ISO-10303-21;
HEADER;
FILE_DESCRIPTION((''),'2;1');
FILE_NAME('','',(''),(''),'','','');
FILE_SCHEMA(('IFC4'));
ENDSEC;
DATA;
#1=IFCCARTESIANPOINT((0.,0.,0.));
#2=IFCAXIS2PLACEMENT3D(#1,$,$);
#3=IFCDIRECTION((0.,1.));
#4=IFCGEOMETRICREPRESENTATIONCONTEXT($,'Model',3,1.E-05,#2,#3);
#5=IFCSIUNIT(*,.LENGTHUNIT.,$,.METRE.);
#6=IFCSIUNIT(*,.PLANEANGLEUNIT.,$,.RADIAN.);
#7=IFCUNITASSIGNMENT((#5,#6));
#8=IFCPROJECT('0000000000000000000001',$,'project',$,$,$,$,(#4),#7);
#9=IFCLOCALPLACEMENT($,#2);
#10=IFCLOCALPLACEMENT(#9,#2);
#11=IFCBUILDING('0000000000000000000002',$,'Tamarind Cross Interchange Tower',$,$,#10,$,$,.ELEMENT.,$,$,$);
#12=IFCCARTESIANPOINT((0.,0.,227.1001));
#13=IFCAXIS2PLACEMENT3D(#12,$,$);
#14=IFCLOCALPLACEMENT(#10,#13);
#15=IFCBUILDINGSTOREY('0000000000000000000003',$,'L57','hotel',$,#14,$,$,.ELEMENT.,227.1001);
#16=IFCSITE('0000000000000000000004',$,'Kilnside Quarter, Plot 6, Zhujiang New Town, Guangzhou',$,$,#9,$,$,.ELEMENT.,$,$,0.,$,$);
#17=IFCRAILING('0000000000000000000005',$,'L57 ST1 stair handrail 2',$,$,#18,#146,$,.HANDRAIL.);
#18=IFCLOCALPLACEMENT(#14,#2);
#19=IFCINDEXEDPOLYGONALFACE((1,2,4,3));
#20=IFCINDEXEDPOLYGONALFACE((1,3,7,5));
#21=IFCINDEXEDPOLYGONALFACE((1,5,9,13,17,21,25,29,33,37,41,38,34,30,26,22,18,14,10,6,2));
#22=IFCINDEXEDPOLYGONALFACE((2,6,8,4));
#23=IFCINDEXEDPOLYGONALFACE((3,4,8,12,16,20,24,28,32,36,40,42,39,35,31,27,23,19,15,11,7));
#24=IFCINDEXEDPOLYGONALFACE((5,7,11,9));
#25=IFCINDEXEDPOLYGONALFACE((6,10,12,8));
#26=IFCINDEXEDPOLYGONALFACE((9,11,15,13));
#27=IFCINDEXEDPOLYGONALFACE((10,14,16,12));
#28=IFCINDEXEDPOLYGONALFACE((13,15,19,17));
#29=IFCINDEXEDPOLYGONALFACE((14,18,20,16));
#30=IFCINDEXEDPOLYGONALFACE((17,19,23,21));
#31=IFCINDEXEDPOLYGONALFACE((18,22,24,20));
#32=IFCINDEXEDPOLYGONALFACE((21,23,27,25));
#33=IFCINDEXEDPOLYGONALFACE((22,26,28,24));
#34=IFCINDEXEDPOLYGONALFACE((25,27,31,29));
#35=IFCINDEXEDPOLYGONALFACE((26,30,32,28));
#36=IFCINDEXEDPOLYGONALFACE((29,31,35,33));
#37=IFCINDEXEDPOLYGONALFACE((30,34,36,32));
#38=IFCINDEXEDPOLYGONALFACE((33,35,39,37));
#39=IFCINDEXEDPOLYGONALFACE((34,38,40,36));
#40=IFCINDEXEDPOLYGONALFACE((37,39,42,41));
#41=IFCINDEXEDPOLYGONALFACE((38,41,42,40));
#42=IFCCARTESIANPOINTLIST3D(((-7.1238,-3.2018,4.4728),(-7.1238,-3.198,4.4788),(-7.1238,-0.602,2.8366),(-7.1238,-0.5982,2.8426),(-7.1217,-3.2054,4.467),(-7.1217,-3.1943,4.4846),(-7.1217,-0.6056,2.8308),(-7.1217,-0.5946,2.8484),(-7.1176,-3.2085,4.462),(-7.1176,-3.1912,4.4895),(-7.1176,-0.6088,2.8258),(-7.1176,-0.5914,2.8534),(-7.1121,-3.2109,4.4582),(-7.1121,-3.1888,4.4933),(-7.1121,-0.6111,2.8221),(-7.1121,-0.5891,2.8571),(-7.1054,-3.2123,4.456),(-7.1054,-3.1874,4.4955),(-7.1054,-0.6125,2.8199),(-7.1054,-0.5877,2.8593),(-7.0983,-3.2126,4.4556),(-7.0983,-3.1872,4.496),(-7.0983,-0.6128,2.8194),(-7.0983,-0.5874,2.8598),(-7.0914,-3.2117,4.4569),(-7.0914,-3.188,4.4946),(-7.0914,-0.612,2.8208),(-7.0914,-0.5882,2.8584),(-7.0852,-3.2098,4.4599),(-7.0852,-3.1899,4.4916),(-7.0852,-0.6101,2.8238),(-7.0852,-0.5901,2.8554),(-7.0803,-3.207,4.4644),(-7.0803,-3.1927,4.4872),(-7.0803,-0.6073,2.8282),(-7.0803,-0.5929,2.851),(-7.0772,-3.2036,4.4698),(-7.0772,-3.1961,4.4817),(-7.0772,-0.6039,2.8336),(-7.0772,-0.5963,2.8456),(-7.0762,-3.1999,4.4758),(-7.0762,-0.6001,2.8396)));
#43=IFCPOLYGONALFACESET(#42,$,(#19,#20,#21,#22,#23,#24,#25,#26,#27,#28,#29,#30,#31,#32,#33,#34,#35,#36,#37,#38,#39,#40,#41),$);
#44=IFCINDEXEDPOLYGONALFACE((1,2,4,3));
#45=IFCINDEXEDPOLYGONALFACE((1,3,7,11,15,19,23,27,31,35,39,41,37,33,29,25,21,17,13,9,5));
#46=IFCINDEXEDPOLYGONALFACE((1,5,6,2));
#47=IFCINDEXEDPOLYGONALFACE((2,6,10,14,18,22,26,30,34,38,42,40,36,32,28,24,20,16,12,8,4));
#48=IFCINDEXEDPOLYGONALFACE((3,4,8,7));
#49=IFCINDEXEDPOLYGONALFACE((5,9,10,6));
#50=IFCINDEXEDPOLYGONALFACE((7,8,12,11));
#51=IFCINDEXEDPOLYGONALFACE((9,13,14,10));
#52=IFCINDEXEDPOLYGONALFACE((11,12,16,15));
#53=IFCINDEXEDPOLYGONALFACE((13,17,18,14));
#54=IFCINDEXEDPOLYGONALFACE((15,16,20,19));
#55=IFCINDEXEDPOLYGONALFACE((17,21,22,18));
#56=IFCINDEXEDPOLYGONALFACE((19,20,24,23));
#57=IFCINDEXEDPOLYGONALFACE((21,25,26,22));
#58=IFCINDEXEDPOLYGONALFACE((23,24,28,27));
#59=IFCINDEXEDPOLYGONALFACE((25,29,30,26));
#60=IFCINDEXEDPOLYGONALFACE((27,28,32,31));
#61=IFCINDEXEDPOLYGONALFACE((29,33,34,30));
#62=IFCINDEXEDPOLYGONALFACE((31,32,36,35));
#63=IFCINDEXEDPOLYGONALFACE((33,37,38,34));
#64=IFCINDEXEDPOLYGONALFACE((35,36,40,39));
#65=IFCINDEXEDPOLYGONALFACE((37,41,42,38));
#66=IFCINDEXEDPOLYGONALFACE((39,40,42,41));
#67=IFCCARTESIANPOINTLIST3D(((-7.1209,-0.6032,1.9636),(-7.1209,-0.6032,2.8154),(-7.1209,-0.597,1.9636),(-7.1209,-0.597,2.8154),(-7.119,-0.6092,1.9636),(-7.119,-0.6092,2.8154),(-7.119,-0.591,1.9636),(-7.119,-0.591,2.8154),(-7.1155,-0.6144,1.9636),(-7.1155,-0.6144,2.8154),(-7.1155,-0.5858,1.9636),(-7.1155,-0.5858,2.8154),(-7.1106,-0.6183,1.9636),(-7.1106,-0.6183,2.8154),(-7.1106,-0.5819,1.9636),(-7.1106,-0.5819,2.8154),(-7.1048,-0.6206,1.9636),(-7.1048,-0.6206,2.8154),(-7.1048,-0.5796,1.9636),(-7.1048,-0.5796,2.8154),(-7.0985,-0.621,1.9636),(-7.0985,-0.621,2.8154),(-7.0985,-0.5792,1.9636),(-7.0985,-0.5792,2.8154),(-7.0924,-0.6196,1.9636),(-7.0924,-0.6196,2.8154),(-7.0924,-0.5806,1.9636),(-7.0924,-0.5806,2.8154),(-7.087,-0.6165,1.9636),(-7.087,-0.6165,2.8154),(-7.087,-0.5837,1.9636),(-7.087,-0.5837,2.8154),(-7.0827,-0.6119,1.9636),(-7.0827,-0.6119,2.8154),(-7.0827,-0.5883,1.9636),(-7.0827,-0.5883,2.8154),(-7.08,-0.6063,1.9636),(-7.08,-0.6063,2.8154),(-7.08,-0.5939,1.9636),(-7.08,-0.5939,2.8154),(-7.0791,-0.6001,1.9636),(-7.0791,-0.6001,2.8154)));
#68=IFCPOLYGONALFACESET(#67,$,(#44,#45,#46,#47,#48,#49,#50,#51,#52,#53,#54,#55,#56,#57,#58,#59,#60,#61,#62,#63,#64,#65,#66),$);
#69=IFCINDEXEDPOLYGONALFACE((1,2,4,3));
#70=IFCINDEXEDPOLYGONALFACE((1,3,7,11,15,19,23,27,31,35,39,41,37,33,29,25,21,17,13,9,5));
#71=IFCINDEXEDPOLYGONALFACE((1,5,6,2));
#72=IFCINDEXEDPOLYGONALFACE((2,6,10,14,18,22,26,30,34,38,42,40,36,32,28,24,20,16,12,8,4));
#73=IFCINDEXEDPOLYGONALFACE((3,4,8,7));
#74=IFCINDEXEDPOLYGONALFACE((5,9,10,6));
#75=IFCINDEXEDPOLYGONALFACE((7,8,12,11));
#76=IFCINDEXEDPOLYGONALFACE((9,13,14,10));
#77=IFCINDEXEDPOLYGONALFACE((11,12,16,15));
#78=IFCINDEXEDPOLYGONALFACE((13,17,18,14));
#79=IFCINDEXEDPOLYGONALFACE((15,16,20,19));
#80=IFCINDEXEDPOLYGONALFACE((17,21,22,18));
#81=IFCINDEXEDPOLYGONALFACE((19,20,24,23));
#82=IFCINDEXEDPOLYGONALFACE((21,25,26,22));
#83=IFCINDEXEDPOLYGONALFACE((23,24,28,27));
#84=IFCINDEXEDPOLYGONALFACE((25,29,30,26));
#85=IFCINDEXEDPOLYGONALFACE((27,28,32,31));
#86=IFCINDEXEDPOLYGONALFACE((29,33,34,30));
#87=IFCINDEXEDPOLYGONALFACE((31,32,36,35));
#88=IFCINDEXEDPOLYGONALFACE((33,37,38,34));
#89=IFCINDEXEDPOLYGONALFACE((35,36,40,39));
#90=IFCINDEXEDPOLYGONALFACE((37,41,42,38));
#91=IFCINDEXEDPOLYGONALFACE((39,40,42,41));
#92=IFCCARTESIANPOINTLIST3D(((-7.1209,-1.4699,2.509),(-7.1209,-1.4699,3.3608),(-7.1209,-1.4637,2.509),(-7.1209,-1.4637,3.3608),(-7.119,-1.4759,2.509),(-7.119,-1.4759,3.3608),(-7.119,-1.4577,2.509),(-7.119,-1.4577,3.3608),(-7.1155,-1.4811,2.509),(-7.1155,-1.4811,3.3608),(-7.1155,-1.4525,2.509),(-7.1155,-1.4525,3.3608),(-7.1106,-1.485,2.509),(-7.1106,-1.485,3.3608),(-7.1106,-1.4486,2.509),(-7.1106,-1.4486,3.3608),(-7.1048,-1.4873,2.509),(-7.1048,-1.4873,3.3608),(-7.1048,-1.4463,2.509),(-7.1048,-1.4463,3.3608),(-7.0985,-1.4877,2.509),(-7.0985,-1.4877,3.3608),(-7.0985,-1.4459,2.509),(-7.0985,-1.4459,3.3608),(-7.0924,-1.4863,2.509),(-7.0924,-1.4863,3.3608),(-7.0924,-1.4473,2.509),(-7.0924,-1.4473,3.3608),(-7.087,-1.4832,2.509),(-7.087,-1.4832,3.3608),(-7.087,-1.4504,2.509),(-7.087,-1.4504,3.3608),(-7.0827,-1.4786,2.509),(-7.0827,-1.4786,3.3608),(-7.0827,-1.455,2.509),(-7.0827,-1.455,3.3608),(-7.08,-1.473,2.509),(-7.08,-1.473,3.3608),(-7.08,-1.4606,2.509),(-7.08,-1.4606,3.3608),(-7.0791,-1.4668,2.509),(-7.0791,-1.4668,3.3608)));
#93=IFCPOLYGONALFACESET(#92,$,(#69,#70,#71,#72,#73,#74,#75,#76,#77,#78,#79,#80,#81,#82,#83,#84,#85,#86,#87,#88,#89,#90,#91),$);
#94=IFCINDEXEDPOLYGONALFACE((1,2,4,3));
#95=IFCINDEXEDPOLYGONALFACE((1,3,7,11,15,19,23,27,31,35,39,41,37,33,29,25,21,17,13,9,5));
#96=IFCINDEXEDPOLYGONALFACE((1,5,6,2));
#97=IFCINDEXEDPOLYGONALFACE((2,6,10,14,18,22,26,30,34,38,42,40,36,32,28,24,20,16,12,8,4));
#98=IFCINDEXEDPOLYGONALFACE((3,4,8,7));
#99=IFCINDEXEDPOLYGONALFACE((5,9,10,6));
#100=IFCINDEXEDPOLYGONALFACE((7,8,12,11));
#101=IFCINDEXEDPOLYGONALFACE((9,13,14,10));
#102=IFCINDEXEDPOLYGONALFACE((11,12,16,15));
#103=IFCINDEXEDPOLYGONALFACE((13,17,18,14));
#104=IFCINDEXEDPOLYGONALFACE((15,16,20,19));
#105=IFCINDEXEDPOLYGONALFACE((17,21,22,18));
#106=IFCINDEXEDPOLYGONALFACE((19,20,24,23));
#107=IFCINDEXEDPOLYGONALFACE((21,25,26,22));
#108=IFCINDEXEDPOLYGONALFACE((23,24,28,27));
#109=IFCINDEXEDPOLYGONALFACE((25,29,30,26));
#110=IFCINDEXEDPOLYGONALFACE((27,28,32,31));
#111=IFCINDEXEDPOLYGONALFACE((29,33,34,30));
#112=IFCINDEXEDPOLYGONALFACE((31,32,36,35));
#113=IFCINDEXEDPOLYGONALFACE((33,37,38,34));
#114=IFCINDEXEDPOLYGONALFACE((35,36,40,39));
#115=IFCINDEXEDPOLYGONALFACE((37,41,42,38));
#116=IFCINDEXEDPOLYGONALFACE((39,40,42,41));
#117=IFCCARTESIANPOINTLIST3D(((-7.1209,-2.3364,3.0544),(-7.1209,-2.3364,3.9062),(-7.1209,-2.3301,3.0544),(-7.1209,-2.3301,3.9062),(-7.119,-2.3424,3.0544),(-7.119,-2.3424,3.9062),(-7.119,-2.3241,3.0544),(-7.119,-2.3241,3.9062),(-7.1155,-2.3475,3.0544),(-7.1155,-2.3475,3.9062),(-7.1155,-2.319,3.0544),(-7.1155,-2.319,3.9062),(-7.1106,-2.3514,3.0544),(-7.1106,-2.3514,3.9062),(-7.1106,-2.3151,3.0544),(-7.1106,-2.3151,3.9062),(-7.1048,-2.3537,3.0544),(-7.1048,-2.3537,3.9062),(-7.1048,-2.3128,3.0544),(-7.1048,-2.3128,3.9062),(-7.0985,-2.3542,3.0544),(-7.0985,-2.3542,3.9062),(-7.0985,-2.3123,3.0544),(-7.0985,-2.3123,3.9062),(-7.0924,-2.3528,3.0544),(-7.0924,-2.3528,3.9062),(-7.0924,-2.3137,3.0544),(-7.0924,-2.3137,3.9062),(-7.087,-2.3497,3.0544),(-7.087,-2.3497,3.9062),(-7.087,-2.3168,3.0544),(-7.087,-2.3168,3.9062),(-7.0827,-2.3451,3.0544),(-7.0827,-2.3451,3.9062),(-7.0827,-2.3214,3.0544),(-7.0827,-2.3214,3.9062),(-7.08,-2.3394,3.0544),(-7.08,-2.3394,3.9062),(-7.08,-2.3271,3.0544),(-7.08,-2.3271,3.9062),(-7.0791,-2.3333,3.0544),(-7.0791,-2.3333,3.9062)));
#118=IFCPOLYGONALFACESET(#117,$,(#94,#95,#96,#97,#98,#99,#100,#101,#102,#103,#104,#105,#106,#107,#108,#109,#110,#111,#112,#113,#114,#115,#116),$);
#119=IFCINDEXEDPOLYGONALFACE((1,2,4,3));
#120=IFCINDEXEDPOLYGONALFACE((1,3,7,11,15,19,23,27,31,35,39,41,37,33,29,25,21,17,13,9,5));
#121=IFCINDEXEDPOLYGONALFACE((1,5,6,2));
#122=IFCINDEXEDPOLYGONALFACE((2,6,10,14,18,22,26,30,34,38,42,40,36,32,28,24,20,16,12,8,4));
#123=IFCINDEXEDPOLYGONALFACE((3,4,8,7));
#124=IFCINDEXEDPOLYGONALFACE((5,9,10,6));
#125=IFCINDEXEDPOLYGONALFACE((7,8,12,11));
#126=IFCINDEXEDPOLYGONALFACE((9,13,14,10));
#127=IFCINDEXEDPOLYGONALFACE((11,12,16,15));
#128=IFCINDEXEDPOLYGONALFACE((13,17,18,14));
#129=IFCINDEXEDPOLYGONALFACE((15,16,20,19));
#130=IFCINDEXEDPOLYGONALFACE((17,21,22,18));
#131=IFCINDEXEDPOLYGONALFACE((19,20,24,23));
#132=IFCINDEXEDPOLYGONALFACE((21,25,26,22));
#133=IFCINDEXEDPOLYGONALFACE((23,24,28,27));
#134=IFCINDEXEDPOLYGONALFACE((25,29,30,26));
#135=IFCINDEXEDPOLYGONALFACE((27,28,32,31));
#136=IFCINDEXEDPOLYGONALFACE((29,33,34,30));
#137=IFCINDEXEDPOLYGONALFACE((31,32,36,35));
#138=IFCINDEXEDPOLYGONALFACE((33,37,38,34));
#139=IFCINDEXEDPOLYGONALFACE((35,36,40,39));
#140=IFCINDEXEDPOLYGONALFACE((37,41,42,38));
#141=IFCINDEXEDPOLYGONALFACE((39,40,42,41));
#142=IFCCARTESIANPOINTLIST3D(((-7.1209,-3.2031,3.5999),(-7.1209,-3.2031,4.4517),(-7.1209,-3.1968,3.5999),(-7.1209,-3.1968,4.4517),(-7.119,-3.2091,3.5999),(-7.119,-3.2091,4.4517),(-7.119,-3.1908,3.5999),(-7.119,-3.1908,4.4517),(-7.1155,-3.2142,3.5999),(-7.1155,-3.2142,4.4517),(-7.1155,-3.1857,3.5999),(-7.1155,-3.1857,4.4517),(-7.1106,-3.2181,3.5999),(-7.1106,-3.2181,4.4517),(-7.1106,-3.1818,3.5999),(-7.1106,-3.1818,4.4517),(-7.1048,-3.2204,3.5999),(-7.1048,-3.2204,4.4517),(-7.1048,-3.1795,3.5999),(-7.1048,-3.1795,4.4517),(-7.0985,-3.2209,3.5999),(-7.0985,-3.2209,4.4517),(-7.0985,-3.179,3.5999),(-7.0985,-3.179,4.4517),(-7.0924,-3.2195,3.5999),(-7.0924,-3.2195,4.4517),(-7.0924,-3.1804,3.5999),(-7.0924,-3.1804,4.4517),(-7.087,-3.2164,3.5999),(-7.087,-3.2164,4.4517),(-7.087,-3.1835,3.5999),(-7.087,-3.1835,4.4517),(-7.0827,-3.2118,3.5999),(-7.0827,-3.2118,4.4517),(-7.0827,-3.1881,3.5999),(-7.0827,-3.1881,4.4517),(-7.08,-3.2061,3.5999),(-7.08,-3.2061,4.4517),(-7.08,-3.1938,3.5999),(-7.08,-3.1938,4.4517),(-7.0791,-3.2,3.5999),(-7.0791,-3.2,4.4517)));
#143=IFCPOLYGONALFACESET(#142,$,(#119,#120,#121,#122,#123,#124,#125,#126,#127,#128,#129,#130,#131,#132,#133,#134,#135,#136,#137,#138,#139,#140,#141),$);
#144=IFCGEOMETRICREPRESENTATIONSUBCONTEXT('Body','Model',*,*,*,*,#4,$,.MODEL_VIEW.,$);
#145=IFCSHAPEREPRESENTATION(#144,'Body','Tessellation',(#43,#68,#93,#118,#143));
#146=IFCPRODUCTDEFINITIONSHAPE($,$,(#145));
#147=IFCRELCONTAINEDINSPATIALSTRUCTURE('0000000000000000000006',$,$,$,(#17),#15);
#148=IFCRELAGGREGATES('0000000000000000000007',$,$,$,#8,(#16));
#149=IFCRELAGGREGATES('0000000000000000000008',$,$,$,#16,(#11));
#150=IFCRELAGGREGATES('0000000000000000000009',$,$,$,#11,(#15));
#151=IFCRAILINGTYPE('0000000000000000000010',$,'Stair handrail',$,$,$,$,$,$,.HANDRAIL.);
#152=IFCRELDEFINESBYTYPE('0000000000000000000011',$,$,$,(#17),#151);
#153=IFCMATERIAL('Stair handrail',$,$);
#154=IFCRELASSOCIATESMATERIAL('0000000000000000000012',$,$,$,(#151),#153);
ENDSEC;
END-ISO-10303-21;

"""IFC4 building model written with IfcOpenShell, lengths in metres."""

from ifc_helpers import new_model, si_unit, direction, frame, origin, origin_2d, place, context, subcontext, project, spatial, circle, extrude, material, type_object, element, save


model = new_model("IFC4")

# Units and contexts
model_context = context("Model", 3, precision=1e-05, world=origin(), true_north=direction((0.0, 1.0)))
body_context = subcontext(model_context, "Body", "Model", "MODEL_VIEW")
ifc_project = project(units=[si_unit("LENGTHUNIT", "METRE"), si_unit("PLANEANGLEUNIT", "RADIAN")], contexts=[model_context])

# Site, building, storey
site_placement = place(None, origin())
site = spatial("IfcSite", under=ifc_project, at=site_placement, Name="Kilnside Quarter, Plot 6, Zhujiang New Town, Guangzhou", CompositionType="ELEMENT", RefElevation=0.0)
building_placement = place(site_placement, origin())
building = spatial("IfcBuilding", under=site, at=building_placement, Name="Tamarind Cross Interchange Tower", CompositionType="ELEMENT")
storey_placement = place(building_placement, frame((0.0, 0.0, 227.1001)))
storey = spatial("IfcBuildingStorey", under=building, at=storey_placement, Name="L57", Description="hotel", CompositionType="ELEMENT", Elevation=227.1001)

# Railing
ifc_material_1 = material(Name="Stair handrail")
railing_type_1 = type_object("IfcRailingType", Name="Stair handrail", PredefinedType="HANDRAIL", material=ifc_material_1)
railing_1_placement = place(storey_placement, frame((-7.1001, -0.6001, 1.9636)))
element("IfcRailing", 1, at=railing_1_placement, inside=storey, type_object=railing_type_1, Name="L57 ST1 stair handrail 2", PredefinedType="HANDRAIL", context=body_context, shape_type="SweptSolid", body=[
    extrude(circle(Radius=0.0239, at=origin_2d()), frame((0.0, 0.0, 0.876), z_axis=(0.0, -0.846338, 0.532647), x_axis=(1.0, 0.0, 0.0)), (0.0, 0.0, 1.0), 3.0718),
    extrude(circle(Radius=0.021, at=origin_2d()), origin(), (0.0, 0.0, 1.0), 0.8518),
    extrude(circle(Radius=0.021, at=origin_2d()), frame((0.0, -0.8667, 0.5454)), (0.0, 0.0, 1.0), 0.8518),
    extrude(circle(Radius=0.021, at=origin_2d()), frame((0.0, -1.7332, 1.0908)), (0.0, 0.0, 1.0), 0.8518),
    extrude(circle(Radius=0.021, at=origin_2d()), frame((0.0, -2.5999, 1.6362)), (0.0, 0.0, 1.0), 0.8518),
])

save(model, "model.ifc")
